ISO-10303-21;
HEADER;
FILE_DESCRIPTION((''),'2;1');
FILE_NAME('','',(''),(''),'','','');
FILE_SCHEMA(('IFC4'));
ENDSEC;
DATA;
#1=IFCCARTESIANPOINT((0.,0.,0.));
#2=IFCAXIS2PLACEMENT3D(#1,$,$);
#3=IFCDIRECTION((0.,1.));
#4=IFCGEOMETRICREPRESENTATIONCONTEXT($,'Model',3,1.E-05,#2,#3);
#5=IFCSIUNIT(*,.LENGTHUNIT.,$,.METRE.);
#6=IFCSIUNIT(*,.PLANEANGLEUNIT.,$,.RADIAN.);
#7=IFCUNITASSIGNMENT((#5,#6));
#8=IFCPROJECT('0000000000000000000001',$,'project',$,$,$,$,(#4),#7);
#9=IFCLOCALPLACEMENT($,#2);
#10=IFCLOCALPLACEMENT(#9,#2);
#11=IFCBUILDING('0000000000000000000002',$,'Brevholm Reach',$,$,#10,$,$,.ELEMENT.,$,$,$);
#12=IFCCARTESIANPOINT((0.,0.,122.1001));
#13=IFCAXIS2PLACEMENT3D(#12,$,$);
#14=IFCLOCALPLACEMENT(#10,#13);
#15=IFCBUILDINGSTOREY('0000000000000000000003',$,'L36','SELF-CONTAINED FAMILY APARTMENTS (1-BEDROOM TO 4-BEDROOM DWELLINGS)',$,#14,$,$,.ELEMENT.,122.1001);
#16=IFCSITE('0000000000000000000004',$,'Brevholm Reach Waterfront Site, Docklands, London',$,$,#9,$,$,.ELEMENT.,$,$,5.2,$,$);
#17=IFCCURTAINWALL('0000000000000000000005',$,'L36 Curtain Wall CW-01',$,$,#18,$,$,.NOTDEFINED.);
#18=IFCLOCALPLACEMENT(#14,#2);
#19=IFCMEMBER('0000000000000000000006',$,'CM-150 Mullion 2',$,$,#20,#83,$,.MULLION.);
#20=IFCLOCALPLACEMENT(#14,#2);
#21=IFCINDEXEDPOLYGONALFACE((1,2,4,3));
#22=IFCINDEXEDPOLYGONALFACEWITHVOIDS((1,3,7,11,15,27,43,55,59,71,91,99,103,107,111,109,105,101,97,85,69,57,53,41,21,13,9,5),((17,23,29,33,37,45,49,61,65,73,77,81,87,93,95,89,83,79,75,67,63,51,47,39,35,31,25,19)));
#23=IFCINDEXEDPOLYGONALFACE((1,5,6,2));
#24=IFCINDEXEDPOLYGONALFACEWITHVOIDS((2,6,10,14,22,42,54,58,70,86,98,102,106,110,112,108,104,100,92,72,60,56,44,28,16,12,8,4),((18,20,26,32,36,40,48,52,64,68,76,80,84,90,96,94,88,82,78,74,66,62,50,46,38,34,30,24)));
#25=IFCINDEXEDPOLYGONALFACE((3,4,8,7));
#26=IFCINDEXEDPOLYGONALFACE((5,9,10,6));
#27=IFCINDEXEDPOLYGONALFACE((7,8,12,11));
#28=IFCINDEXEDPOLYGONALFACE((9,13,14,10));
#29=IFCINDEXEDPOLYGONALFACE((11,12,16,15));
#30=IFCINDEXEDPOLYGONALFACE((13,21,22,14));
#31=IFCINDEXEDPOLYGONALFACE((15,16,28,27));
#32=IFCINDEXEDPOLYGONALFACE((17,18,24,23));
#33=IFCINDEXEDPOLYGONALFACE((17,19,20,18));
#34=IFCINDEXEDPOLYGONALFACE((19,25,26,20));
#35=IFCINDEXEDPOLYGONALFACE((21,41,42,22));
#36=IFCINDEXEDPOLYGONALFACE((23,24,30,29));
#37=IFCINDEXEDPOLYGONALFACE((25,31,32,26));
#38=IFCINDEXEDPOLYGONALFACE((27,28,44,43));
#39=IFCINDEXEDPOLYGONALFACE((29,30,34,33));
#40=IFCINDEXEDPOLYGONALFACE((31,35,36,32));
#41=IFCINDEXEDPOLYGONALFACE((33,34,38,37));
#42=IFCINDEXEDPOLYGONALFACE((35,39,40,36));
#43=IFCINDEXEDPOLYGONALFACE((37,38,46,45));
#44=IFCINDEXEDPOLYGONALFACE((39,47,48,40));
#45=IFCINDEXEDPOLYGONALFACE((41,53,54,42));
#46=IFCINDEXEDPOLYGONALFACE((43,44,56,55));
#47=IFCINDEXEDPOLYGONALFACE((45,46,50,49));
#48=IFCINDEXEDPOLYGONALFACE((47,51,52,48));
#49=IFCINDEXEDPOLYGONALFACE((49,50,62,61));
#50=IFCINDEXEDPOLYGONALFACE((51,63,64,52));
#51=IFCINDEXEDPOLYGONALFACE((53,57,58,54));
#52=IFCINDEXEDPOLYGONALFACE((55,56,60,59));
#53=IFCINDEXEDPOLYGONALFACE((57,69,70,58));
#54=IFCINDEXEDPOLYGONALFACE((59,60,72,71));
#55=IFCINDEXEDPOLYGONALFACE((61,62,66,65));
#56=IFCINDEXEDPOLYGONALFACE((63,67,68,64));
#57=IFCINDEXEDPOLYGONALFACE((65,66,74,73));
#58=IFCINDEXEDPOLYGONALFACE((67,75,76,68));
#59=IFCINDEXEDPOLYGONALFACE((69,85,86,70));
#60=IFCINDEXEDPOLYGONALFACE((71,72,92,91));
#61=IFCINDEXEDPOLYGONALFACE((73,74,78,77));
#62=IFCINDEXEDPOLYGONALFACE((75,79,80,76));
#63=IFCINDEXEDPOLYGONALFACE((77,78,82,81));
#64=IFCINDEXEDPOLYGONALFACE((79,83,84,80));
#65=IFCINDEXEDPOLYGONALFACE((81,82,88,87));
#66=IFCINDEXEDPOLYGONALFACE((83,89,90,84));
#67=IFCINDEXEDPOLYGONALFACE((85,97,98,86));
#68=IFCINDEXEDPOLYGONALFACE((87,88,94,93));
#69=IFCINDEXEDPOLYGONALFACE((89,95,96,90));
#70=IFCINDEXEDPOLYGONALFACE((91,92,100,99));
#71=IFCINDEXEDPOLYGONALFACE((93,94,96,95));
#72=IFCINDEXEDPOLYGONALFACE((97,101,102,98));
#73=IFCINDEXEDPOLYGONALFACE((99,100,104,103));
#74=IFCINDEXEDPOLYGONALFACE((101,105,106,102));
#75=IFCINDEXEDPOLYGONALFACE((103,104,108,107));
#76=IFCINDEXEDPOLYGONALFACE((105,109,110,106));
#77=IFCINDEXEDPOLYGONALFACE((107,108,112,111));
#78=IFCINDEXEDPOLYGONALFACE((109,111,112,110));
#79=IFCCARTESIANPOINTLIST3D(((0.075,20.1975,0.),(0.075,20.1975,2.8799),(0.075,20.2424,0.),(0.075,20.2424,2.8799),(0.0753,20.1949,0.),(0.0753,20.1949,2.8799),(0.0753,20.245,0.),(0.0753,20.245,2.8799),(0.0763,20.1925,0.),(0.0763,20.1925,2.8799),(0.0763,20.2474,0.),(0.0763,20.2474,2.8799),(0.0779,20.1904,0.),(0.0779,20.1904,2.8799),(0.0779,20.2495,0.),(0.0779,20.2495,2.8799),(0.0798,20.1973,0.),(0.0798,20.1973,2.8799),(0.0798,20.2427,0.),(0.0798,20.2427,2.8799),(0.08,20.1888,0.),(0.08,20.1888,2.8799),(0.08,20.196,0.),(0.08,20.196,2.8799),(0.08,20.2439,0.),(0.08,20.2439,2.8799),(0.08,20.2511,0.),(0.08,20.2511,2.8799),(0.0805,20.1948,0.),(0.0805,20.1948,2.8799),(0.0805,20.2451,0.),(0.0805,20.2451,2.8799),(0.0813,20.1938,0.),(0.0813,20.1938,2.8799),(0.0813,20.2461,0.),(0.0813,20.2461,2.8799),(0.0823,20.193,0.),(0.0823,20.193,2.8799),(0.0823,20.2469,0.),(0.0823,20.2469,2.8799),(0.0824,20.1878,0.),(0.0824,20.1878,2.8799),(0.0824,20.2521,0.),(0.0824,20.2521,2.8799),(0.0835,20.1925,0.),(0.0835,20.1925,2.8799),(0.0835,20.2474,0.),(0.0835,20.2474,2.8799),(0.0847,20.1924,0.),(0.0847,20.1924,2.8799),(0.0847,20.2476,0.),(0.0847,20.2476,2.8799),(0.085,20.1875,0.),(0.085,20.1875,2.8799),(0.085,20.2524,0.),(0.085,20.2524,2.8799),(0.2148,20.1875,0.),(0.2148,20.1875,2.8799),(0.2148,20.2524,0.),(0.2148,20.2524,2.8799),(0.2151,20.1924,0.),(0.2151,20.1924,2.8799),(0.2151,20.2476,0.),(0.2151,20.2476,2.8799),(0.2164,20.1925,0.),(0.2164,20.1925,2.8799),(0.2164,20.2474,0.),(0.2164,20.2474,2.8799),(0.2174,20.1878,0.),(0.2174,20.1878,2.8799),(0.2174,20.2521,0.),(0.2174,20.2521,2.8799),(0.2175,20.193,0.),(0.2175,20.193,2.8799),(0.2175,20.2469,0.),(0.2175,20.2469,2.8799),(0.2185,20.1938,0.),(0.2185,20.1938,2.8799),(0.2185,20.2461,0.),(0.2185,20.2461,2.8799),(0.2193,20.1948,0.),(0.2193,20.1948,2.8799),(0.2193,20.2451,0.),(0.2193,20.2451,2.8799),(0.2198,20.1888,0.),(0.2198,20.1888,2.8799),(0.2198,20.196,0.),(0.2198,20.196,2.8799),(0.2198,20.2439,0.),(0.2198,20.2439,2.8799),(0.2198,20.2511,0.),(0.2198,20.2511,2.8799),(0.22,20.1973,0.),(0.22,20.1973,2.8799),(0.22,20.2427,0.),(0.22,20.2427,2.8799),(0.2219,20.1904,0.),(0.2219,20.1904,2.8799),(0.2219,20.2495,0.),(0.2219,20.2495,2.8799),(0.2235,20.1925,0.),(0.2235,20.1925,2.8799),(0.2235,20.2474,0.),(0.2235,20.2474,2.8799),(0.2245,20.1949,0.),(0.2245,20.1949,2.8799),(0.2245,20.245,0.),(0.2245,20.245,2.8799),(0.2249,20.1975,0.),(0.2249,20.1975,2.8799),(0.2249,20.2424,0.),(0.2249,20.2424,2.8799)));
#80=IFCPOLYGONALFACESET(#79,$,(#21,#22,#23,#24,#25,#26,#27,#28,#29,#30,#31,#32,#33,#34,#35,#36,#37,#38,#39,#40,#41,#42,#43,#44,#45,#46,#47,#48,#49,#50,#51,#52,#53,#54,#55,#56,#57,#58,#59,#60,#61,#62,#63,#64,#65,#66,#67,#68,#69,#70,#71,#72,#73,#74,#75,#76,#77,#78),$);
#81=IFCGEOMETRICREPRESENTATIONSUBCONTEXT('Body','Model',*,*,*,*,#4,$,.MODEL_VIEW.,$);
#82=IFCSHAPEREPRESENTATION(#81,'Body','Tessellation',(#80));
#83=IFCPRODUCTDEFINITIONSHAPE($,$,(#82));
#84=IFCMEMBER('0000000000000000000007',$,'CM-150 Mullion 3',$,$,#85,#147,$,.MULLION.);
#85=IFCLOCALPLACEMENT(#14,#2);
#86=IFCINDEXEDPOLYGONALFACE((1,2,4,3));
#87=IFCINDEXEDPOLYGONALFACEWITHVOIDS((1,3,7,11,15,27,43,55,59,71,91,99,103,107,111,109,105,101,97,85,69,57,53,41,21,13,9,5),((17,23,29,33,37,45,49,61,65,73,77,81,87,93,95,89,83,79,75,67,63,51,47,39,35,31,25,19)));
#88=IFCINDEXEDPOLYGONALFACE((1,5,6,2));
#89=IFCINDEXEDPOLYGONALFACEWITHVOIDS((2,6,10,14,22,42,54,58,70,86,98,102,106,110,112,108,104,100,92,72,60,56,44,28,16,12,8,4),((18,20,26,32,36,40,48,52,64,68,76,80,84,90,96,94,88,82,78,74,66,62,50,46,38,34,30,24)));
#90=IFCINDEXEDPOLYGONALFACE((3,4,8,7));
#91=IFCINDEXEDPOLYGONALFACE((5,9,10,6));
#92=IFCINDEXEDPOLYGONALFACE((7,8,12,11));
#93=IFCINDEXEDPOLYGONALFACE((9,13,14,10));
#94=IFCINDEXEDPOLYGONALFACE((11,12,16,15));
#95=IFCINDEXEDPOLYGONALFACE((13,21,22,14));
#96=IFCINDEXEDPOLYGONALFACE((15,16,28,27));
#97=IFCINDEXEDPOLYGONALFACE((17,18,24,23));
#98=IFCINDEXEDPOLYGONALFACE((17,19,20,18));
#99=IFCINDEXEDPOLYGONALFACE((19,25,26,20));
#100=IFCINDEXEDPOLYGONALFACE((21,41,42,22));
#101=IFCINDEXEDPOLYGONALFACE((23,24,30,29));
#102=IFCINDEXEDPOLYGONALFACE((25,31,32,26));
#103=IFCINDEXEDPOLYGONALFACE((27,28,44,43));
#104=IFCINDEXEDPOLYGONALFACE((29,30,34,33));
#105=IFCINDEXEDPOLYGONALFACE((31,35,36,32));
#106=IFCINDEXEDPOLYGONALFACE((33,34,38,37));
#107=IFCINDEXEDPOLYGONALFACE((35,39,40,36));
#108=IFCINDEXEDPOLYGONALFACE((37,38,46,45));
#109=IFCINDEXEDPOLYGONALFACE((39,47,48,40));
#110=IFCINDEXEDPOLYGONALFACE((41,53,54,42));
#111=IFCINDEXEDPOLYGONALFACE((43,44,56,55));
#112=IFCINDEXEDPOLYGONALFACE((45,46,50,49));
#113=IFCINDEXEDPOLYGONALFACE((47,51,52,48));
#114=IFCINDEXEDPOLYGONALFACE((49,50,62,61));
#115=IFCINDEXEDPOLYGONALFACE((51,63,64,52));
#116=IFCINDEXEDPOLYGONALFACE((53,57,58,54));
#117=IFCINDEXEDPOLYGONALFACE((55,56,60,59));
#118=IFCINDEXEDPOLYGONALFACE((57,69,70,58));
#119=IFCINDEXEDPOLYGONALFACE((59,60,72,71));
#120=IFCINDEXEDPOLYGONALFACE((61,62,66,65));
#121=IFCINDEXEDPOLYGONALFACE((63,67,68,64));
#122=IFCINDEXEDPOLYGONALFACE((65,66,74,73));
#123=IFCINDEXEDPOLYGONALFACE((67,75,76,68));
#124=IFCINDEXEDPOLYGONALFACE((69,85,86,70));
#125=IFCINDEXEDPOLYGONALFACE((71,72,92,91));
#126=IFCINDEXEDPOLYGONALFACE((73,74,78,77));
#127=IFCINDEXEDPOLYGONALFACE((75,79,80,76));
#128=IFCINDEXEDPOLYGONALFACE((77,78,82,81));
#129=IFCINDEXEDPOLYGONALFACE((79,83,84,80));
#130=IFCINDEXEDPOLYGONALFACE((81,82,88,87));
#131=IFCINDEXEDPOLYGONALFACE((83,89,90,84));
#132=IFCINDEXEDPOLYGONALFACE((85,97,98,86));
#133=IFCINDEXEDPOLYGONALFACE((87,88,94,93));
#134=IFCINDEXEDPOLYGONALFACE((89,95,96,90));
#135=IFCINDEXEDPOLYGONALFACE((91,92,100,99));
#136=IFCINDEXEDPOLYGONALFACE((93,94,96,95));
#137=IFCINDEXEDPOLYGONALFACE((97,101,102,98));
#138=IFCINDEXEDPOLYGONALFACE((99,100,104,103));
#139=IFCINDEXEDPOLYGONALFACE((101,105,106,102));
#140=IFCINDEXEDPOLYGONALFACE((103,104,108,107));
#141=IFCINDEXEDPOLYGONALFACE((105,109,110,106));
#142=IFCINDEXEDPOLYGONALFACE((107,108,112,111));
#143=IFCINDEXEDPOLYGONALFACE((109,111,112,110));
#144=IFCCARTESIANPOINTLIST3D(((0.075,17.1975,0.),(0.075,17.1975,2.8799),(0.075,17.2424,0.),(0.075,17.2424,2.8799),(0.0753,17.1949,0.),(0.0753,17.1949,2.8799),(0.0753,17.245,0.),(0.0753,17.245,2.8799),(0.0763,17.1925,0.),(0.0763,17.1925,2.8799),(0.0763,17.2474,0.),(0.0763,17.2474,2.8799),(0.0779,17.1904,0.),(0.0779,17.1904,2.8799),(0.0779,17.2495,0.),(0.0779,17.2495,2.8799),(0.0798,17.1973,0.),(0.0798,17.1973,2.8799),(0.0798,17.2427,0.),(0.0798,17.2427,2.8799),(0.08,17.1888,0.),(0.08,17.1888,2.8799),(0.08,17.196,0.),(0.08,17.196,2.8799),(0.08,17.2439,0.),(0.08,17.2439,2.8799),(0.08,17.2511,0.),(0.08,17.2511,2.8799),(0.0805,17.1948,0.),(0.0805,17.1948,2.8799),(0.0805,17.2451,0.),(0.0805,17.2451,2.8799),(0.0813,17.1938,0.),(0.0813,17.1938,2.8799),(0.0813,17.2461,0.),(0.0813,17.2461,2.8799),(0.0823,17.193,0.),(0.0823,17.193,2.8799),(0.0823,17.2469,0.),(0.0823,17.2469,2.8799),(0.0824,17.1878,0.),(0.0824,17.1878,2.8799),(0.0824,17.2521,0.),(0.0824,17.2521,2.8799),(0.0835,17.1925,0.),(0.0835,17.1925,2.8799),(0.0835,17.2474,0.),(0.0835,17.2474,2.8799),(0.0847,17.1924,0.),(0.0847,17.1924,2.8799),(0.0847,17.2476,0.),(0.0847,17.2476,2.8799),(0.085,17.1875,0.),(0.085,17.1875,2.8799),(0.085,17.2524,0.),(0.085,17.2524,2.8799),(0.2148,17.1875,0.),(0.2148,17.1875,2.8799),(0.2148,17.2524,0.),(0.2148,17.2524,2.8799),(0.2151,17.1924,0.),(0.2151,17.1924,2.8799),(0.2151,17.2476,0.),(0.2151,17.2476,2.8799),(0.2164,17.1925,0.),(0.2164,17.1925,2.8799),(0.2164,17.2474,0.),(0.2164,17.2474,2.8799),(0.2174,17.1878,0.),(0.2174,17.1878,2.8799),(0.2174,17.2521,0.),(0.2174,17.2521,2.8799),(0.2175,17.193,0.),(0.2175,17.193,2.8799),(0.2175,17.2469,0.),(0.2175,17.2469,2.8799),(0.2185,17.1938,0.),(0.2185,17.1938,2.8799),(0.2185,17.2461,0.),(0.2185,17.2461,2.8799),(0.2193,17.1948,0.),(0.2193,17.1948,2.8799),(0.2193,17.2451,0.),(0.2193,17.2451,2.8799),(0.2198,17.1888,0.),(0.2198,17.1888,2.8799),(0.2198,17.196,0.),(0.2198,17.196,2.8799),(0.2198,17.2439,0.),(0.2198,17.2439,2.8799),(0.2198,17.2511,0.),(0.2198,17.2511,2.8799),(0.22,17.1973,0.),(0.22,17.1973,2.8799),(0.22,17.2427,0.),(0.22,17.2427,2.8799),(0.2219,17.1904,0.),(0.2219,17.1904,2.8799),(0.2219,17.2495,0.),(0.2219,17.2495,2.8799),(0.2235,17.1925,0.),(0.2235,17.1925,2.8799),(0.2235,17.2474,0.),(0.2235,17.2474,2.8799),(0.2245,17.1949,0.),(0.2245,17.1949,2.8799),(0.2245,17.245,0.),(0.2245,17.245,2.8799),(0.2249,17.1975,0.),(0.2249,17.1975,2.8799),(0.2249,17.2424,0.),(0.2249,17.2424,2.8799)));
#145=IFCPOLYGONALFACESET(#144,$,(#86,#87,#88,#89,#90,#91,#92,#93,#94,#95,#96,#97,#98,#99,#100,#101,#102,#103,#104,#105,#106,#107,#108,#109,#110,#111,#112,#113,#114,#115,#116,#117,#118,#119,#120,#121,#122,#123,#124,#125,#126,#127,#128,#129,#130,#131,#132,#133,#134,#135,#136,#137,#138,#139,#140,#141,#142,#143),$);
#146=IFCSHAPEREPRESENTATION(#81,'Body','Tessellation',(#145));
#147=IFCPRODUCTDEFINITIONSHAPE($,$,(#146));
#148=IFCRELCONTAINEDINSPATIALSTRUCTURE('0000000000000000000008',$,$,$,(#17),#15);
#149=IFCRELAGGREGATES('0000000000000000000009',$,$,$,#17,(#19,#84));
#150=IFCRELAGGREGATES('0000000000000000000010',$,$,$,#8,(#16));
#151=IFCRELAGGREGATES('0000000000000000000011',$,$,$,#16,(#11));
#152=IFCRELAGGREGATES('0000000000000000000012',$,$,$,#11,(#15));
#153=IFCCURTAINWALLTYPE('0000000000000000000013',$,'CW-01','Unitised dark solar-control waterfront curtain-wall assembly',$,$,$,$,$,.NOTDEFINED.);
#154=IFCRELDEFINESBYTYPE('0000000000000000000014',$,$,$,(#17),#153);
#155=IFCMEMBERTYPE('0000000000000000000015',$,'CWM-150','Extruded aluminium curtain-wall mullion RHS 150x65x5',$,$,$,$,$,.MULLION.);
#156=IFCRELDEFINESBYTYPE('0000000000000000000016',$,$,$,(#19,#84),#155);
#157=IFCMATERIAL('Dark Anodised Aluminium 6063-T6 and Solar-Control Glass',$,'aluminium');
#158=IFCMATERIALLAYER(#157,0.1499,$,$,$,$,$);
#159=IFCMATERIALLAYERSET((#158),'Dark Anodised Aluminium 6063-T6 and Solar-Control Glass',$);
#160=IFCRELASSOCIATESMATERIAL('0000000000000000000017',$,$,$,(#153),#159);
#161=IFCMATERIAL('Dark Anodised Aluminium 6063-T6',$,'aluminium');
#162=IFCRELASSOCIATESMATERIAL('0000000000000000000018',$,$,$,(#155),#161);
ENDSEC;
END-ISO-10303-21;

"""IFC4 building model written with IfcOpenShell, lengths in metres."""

from ifc_helpers import new_model, si_unit, direction, frame, origin, origin_2d, place, context, subcontext, project, spatial, hollow_rectangle, extrude, material, layer, layer_set, material_profile, profile_set, type_object, element, aggregate, save


model = new_model("IFC4")

# Units and contexts
model_context = context("Model", 3, precision=1e-05, world=origin(), true_north=direction((0.0, 1.0)))
body_context = subcontext(model_context, "Body", "Model", "MODEL_VIEW")
ifc_project = project(units=[si_unit("LENGTHUNIT", "METRE"), si_unit("PLANEANGLEUNIT", "RADIAN")], contexts=[model_context])

# Site, building, storey
site_placement = place(None, origin())
site = spatial("IfcSite", under=ifc_project, at=site_placement, Name="Brevholm Reach Waterfront Site, Docklands, London", CompositionType="ELEMENT", RefElevation=5.2)
building_placement = place(site_placement, origin())
building = spatial("IfcBuilding", under=site, at=building_placement, Name="Brevholm Reach", CompositionType="ELEMENT")
storey_placement = place(building_placement, frame((0.0, 0.0, 122.1001)))
storey = spatial("IfcBuildingStorey", under=building, at=storey_placement, Name="L36", Description="SELF-CONTAINED FAMILY APARTMENTS (1-BEDROOM TO 4-BEDROOM DWELLINGS)", CompositionType="ELEMENT", Elevation=122.1001)

# Curtain wall, members
ifc_material_1 = material(Name="Dark Anodised Aluminium 6063-T6 and Solar-Control Glass", Category="aluminium")
ifc_layer_1 = layer(ifc_material_1, 0.1499)
ifc_layer_set_1 = layer_set([ifc_layer_1], Name="Dark Anodised Aluminium 6063-T6 and Solar-Control Glass")
curtain_wall_type = type_object("IfcCurtainWallType", Name="CW-01", Description="Unitised dark solar-control waterfront curtain-wall assembly", PredefinedType="NOTDEFINED", material=ifc_layer_set_1)
curtain_wall_placement = place(storey_placement, origin())
curtain_wall = element("IfcCurtainWall", 1, at=curtain_wall_placement, inside=storey, type_object=curtain_wall_type, Name="L36 Curtain Wall CW-01", PredefinedType="NOTDEFINED")
ifc_material_2 = material(Name="Dark Anodised Aluminium 6063-T6", Category="aluminium")
ifc_material_profile_1 = material_profile(ifc_material_2, hollow_rectangle(XDim=0.0649, YDim=0.1499, WallThickness=0.0049, InnerFilletRadius=0.0049, OuterFilletRadius=0.01, at=origin_2d()), Name="RHS 150x65x5")
ifc_profile_set_1 = profile_set([ifc_material_profile_1], Name="Dark Anodised Aluminium 6063-T6")
member_type_1 = type_object("IfcMemberType", Name="CWM-150", Description="Extruded aluminium curtain-wall mullion RHS 150x65x5", PredefinedType="MULLION", material=ifc_profile_set_1)
member_1_placement = place(storey_placement, frame((0.1499, 20.22, 0.0), z_axis=(0.0, 0.0, 1.0), x_axis=(0.0, -1.0, 0.0)))
member_1 = element("IfcMember", 2, at=member_1_placement, type_object=member_type_1, Name="CM-150 Mullion 2", PredefinedType="MULLION", context=body_context, shape_type="SweptSolid", body=[
    extrude(hollow_rectangle(XDim=0.0649, YDim=0.1499, WallThickness=0.0049, InnerFilletRadius=0.0049, OuterFilletRadius=0.01, at=origin_2d()), origin(), (0.0, 0.0, 1.0), 2.8799),
])
member_2_placement = place(storey_placement, frame((0.1499, 17.22, 0.0), z_axis=(0.0, 0.0, 1.0), x_axis=(0.0, -1.0, 0.0)))
member_2 = element("IfcMember", 3, at=member_2_placement, type_object=member_type_1, Name="CM-150 Mullion 3", PredefinedType="MULLION", context=body_context, shape_type="SweptSolid", body=[
    extrude(hollow_rectangle(XDim=0.0649, YDim=0.1499, WallThickness=0.0049, InnerFilletRadius=0.0049, OuterFilletRadius=0.01, at=origin_2d()), origin(), (0.0, 0.0, 1.0), 2.8799),
])
aggregate(curtain_wall, [member_1, member_2])

save(model, "model.ifc")
